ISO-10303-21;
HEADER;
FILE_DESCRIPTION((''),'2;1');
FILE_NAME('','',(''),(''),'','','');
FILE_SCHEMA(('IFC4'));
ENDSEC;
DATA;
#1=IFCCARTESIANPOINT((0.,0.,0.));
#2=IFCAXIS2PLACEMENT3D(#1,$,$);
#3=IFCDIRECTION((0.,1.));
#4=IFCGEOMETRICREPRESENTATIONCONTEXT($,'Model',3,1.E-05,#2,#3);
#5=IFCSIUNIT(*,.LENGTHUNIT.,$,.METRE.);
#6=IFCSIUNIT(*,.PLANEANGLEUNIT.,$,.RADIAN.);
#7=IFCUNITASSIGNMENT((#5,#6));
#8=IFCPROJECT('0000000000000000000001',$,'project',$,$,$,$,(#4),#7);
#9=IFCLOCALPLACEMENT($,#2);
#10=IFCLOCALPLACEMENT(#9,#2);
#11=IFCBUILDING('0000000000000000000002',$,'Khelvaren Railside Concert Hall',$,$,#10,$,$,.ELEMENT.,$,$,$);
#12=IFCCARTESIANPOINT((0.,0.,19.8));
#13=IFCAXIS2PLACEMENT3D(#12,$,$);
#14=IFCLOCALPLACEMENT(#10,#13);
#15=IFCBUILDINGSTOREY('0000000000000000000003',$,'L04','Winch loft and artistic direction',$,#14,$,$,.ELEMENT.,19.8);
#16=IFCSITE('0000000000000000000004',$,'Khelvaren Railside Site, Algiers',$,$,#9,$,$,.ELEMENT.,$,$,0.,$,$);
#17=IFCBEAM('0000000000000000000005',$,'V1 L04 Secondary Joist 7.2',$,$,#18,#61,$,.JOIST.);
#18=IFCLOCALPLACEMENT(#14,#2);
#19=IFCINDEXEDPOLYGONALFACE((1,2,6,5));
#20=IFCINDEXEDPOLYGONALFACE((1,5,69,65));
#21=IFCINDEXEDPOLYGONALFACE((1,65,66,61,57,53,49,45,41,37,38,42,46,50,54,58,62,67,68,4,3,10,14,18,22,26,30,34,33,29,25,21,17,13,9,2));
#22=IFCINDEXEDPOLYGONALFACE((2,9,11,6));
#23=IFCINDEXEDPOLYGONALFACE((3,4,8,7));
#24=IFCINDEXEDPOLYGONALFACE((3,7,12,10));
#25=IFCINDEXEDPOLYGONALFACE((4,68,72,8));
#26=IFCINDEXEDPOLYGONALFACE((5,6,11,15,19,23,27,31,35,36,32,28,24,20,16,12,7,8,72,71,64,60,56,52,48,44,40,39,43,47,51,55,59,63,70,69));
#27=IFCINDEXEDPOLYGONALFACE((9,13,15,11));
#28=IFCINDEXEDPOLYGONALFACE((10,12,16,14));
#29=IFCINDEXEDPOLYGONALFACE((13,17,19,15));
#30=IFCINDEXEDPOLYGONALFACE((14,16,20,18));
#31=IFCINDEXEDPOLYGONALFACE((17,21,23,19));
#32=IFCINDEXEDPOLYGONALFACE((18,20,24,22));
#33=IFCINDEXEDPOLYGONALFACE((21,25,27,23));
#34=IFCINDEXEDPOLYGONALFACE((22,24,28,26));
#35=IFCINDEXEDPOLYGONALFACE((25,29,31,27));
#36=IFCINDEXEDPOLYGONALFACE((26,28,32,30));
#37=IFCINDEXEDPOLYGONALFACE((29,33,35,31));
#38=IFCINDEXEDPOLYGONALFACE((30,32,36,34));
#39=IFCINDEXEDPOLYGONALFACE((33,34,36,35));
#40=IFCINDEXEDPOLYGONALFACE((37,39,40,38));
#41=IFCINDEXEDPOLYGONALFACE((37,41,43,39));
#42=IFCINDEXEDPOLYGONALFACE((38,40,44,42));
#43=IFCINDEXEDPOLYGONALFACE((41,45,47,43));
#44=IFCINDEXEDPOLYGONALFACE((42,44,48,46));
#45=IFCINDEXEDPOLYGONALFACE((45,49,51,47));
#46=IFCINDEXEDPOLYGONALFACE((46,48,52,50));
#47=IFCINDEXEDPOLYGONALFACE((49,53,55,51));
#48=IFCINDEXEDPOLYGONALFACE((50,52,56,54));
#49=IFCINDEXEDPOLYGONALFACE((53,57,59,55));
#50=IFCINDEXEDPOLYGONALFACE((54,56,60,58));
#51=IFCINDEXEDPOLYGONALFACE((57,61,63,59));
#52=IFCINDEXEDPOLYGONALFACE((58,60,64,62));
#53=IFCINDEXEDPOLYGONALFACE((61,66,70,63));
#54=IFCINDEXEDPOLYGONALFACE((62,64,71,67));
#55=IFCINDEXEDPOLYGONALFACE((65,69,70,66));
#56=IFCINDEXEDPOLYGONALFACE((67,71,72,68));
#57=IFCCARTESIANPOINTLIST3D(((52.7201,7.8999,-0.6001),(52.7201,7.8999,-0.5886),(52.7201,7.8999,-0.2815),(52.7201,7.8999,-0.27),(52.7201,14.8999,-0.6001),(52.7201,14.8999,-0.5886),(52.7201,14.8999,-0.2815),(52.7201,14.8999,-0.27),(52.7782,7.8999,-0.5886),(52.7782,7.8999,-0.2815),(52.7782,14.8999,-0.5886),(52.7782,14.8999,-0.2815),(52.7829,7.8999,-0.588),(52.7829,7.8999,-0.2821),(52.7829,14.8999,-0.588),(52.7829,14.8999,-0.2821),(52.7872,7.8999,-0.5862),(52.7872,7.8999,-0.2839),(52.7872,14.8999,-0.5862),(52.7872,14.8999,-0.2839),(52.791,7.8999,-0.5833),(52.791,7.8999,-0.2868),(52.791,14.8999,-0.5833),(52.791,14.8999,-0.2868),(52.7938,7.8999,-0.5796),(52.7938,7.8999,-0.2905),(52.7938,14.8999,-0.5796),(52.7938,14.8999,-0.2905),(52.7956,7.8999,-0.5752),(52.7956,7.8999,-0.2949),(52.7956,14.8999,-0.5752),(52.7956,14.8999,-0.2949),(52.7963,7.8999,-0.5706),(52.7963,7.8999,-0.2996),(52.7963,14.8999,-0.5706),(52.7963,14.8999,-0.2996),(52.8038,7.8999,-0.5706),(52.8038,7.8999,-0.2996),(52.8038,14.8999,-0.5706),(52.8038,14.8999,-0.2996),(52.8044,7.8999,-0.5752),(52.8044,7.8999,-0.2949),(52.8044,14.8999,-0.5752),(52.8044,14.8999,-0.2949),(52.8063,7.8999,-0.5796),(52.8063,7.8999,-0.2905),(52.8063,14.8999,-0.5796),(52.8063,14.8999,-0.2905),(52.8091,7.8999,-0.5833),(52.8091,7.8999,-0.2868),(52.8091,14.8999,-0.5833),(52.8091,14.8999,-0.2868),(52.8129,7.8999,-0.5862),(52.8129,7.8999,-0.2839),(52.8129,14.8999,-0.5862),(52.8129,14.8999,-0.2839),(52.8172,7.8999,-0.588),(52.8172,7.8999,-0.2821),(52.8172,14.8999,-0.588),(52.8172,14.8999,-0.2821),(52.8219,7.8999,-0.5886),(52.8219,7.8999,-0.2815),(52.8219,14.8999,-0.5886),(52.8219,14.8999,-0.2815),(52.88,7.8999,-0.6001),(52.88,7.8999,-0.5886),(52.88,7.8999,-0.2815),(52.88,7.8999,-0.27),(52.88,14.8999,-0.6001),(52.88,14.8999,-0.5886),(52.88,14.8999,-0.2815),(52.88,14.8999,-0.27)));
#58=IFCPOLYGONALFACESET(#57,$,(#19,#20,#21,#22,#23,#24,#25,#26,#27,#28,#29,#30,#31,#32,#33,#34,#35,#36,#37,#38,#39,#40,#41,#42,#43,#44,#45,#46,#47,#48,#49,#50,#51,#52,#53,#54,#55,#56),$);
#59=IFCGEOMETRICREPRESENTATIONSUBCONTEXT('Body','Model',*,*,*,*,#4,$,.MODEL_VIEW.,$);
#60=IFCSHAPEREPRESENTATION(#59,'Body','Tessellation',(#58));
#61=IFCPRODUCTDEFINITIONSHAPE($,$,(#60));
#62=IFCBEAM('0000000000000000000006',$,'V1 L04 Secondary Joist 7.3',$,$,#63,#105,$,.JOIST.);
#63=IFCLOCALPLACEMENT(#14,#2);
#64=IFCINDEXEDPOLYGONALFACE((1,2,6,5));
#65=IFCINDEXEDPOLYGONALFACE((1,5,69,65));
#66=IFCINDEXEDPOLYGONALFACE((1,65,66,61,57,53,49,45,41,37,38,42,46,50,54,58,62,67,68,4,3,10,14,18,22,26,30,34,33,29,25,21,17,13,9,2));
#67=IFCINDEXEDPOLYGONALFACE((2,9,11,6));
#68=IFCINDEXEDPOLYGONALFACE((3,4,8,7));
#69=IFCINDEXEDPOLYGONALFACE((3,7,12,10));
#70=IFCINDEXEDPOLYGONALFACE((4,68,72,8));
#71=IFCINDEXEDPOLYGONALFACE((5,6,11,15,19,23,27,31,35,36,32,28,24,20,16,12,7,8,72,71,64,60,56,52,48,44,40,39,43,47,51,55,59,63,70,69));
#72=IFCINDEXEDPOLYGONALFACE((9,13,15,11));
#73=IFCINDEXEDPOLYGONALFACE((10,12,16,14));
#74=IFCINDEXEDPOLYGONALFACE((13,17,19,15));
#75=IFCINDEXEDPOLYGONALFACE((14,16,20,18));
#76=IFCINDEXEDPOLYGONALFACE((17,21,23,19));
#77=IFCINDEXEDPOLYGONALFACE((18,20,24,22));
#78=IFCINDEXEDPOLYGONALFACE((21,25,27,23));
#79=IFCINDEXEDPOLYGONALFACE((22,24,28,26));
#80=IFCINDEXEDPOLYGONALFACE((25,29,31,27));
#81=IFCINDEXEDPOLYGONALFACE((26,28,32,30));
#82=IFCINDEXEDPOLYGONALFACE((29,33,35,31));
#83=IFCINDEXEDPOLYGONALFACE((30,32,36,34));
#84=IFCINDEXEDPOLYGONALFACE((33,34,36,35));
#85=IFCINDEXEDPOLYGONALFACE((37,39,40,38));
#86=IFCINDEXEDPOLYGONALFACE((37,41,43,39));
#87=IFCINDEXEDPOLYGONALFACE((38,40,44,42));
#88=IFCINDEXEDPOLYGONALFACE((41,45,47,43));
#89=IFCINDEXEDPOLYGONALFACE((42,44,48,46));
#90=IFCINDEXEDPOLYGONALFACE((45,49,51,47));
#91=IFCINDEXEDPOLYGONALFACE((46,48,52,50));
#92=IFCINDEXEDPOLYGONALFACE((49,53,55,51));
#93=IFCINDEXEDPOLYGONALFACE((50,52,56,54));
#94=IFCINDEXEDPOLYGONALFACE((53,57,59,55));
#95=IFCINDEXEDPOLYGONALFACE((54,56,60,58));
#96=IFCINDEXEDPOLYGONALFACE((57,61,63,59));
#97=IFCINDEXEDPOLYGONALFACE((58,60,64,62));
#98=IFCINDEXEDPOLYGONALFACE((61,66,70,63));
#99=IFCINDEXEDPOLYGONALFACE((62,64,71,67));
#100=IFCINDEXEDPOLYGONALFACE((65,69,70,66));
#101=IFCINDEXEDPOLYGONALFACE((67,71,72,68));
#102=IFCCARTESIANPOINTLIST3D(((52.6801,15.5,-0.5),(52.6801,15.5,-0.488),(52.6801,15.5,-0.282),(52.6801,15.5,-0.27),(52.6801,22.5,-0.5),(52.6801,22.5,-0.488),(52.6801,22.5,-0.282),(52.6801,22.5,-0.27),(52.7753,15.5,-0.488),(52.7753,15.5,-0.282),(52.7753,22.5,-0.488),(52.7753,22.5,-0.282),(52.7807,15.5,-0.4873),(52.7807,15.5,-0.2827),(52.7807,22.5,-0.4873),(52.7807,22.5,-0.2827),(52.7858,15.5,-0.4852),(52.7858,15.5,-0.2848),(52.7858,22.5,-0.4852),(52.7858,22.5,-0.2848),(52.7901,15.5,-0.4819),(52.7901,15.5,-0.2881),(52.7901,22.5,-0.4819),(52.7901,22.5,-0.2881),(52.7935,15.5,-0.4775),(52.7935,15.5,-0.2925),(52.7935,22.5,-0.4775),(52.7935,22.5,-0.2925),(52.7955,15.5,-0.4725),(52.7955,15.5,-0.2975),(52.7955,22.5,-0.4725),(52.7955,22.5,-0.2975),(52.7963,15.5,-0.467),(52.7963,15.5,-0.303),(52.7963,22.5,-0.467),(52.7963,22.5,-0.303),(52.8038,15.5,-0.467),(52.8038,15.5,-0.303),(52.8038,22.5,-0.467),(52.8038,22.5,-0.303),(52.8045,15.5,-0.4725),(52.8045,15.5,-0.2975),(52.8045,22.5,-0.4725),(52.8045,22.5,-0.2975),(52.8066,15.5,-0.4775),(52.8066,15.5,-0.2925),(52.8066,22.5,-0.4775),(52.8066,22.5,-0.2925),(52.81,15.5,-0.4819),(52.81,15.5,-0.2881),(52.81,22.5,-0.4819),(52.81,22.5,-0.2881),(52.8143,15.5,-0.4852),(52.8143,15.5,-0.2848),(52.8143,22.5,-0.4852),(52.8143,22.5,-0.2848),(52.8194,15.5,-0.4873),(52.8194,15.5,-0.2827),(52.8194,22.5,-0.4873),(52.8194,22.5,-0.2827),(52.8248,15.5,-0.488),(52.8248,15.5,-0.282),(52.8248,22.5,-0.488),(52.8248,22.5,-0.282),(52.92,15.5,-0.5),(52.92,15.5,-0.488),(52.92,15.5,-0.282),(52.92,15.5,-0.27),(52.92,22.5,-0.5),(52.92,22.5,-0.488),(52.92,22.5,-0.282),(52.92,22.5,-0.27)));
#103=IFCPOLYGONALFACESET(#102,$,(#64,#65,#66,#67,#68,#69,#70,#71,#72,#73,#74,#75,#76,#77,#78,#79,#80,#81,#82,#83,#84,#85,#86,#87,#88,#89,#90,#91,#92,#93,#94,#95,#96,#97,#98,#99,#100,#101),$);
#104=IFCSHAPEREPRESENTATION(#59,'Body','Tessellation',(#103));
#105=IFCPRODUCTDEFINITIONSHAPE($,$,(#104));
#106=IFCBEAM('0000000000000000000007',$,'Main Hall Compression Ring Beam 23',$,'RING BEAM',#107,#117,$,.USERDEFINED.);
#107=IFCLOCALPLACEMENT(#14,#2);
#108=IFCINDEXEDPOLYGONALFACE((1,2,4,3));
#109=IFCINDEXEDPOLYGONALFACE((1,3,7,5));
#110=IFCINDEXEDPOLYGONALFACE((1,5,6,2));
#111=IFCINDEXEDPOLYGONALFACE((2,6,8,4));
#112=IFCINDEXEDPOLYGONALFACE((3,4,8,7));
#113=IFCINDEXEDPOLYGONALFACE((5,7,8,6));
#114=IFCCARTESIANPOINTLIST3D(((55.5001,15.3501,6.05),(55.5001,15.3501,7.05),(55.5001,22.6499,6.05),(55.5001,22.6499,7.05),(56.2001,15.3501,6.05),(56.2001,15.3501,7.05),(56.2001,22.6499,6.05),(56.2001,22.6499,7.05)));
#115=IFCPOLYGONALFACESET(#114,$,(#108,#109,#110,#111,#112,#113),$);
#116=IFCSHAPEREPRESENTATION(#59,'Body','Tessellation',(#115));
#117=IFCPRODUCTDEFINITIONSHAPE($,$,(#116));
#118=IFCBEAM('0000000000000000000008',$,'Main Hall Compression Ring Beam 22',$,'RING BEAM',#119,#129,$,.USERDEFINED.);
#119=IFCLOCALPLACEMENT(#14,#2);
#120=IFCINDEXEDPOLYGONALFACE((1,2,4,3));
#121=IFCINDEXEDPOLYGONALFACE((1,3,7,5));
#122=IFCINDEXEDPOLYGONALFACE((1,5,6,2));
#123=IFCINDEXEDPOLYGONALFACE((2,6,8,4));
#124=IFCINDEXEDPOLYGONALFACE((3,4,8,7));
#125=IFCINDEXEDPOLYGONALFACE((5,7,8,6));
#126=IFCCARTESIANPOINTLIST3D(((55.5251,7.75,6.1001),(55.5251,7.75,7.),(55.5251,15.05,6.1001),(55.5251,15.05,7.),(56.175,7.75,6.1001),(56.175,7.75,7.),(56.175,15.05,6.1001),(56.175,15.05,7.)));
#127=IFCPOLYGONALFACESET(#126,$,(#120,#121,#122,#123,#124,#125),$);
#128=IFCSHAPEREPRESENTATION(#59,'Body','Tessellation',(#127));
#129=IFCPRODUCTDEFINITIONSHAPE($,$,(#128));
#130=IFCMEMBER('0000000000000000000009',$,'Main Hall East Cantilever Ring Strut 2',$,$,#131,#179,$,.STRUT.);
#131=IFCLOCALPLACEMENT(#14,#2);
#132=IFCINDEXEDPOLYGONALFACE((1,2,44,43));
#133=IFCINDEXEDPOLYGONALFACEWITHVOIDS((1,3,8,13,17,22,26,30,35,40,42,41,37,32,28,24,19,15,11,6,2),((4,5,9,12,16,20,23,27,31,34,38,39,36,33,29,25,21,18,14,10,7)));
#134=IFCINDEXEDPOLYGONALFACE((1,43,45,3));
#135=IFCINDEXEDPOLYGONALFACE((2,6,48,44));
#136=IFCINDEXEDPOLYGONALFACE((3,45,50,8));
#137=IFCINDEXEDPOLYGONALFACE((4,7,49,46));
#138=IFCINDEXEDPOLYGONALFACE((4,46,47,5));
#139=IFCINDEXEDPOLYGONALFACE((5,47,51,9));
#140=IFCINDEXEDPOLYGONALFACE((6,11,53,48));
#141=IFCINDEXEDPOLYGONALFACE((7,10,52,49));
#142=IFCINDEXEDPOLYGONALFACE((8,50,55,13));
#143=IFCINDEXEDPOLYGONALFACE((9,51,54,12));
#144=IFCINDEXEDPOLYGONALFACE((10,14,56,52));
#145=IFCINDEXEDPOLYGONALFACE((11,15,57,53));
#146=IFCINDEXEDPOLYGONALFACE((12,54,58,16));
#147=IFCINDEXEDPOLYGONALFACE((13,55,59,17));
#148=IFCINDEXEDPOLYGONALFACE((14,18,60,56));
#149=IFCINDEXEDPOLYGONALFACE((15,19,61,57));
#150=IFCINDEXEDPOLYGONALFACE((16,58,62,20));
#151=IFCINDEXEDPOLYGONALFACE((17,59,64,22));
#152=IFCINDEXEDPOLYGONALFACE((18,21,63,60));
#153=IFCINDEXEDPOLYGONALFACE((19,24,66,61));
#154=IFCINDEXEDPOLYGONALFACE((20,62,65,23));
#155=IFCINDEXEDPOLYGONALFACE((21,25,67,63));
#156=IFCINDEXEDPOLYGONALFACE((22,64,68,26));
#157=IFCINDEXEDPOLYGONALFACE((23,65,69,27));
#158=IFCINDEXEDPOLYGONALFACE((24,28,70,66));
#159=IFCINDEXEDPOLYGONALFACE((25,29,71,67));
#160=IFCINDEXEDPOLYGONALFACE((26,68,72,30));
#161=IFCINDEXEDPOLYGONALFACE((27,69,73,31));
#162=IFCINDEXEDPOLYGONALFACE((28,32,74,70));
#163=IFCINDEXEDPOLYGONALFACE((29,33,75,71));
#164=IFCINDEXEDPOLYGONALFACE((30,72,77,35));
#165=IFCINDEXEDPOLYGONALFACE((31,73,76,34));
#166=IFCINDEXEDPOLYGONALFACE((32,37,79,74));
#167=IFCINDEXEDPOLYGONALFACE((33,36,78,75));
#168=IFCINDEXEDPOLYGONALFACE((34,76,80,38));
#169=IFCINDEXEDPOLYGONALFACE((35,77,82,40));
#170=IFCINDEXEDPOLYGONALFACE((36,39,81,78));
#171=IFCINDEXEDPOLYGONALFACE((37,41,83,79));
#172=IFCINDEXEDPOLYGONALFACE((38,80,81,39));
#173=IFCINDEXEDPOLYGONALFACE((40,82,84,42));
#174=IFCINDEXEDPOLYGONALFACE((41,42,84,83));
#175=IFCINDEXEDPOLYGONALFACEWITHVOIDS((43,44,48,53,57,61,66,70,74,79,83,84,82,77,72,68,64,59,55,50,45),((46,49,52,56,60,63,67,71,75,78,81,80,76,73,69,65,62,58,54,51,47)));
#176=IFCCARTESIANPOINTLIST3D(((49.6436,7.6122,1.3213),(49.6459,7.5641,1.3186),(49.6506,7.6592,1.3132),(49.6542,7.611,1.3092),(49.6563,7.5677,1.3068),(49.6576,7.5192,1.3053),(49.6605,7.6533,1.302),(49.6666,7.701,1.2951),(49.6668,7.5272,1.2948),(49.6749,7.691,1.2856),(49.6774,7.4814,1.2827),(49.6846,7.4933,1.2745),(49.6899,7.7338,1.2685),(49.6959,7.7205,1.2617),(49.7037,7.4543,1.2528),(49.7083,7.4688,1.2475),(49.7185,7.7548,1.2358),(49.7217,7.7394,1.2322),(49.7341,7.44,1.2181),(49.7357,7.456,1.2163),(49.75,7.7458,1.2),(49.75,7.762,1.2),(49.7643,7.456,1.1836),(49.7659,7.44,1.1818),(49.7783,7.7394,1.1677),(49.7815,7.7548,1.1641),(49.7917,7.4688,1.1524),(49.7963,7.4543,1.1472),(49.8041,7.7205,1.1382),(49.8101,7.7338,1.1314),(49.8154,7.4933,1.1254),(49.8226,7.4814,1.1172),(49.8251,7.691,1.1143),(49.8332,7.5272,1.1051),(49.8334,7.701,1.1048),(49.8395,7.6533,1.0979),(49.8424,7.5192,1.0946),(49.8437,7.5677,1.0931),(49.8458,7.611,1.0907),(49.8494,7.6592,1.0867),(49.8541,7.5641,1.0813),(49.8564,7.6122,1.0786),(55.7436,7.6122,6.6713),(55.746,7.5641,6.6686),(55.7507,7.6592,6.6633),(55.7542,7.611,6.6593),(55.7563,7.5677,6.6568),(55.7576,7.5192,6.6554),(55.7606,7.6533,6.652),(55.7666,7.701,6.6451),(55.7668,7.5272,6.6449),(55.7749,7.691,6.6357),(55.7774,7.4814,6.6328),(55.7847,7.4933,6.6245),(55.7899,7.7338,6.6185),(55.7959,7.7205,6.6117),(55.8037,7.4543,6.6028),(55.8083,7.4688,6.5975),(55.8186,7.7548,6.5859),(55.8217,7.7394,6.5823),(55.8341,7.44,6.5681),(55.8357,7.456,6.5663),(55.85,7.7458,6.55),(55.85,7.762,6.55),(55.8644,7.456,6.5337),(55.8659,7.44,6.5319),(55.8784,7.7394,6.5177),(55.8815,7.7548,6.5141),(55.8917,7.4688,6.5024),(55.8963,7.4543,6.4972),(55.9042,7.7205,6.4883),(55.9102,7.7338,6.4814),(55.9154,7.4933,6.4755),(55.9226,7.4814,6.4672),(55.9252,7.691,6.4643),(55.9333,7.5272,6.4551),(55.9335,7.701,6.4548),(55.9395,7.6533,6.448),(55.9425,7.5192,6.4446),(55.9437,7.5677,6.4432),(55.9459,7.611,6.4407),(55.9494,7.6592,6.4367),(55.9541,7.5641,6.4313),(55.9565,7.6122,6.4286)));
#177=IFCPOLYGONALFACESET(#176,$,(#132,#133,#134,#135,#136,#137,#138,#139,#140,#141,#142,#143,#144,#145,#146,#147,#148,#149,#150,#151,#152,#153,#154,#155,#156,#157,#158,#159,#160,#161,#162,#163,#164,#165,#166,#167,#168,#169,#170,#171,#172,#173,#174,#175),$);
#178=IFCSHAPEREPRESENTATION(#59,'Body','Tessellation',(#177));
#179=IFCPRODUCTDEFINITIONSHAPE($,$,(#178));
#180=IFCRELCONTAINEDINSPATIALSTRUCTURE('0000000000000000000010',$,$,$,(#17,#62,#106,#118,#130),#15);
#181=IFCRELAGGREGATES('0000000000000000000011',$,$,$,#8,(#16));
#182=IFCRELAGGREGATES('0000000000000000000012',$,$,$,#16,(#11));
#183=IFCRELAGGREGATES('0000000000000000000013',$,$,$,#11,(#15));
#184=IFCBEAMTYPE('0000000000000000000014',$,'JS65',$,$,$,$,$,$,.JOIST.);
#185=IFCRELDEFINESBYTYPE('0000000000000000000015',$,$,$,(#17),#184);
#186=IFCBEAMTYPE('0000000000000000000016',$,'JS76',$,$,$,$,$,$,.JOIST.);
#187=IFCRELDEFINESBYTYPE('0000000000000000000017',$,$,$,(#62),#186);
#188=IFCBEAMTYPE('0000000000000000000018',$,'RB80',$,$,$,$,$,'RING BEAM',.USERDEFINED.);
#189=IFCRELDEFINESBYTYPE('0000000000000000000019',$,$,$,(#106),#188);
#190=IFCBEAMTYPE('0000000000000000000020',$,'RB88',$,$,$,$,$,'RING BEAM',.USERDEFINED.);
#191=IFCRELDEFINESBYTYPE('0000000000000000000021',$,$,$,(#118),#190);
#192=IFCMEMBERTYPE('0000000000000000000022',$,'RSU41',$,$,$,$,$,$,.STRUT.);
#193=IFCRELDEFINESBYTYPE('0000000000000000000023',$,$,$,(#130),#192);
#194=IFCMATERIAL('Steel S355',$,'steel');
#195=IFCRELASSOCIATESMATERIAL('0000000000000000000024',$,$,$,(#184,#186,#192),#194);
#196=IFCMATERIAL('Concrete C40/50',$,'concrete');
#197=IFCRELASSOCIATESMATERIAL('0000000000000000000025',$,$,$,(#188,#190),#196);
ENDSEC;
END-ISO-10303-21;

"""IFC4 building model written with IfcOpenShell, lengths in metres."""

from ifc_helpers import new_model, si_unit, direction, frame, origin, origin_2d, place, context, subcontext, project, spatial, rectangle, hollow_circle, i_section, extrude, material, material_profile, profile_set, type_object, element, save


model = new_model("IFC4")

# Units and contexts
model_context = context("Model", 3, precision=1e-05, world=origin(), true_north=direction((0.0, 1.0)))
body_context = subcontext(model_context, "Body", "Model", "MODEL_VIEW")
ifc_project = project(units=[si_unit("LENGTHUNIT", "METRE"), si_unit("PLANEANGLEUNIT", "RADIAN")], contexts=[model_context])

# Site, building, storey
site_placement = place(None, origin())
site = spatial("IfcSite", under=ifc_project, at=site_placement, Name="Khelvaren Railside Site, Algiers", CompositionType="ELEMENT", RefElevation=0.0)
building_placement = place(site_placement, origin())
building = spatial("IfcBuilding", under=site, at=building_placement, Name="Khelvaren Railside Concert Hall", CompositionType="ELEMENT")
storey_placement = place(building_placement, frame((0.0, 0.0, 19.8)))
storey = spatial("IfcBuildingStorey", under=building, at=storey_placement, Name="L04", Description="Winch loft and artistic direction", CompositionType="ELEMENT", Elevation=19.8)

# Shared definitions
ifc_material_1 = material(Name="Steel S355", Category="steel")

# Beams
ifc_material_2 = material(Name="Concrete C40/50", Category="concrete")
ifc_material_profile_1 = material_profile(ifc_material_1, i_section(OverallWidth=0.1599, OverallDepth=0.3301, WebThickness=0.0076, FlangeThickness=0.0115, FilletRadius=0.0181, at=origin_2d()), Name="IPE 330")
ifc_profile_set_1 = profile_set([ifc_material_profile_1], Name="Steel S355")
beam_type_1 = type_object("IfcBeamType", Name="JS65", PredefinedType="JOIST", material=ifc_profile_set_1)
for number, where, z_axis, x_axis, name in (
    (1, (52.8, 7.8999, -0.4351), (0.0, 1.0, 0.0), (-1.0, 0.0, 0.0), "V1 L04 Secondary Joist 7.2"),
):
    element("IfcBeam", number, at=place(storey_placement, frame(where, z_axis=z_axis, x_axis=x_axis)), inside=storey, type_object=beam_type_1, Name=name, PredefinedType="JOIST", context=body_context, shape_type="SweptSolid", body=[
        extrude(i_section(OverallWidth=0.1599, OverallDepth=0.3301, WebThickness=0.0076, FlangeThickness=0.0115, FilletRadius=0.0181, at=origin_2d()), origin(), (0.0, 0.0, 1.0), 7.0),
    ])
ifc_material_profile_2 = material_profile(ifc_material_1, i_section(OverallWidth=0.24, OverallDepth=0.23, WebThickness=0.0076, FlangeThickness=0.012, FilletRadius=0.021, at=origin_2d()), Name="HEA 240")
ifc_profile_set_2 = profile_set([ifc_material_profile_2], Name="Steel S355")
beam_type_2 = type_object("IfcBeamType", Name="JS76", PredefinedType="JOIST", material=ifc_profile_set_2)
beam_1_placement = place(storey_placement, frame((52.8, 15.5, -0.385), z_axis=(0.0, 1.0, 0.0), x_axis=(-1.0, 0.0, 0.0)))
element("IfcBeam", 2, at=beam_1_placement, inside=storey, type_object=beam_type_2, Name="V1 L04 Secondary Joist 7.3", PredefinedType="JOIST", context=body_context, shape_type="SweptSolid", body=[
    extrude(i_section(OverallWidth=0.24, OverallDepth=0.23, WebThickness=0.0076, FlangeThickness=0.012, FilletRadius=0.021, at=origin_2d()), origin(), (0.0, 0.0, 1.0), 7.0),
])
ifc_material_profile_3 = material_profile(ifc_material_2, rectangle(XDim=0.7, YDim=1.0, at=origin_2d()), Name="RCB 700x1000")
ifc_profile_set_3 = profile_set([ifc_material_profile_3], Name="Concrete C40/50")
beam_type_3 = type_object("IfcBeamType", Name="RB80", ElementType="RING BEAM", PredefinedType="USERDEFINED", material=ifc_profile_set_3)
beam_2_placement = place(storey_placement, frame((55.8501, 15.3501, 6.55), z_axis=(0.0, 1.0, 0.0), x_axis=(-1.0, 0.0, 0.0)))
element("IfcBeam", 3, at=beam_2_placement, inside=storey, type_object=beam_type_3, Name="Main Hall Compression Ring Beam 23", ObjectType="RING BEAM", PredefinedType="USERDEFINED", context=body_context, shape_type="SweptSolid", body=[
    extrude(rectangle(XDim=0.7, YDim=1.0, at=origin_2d()), origin(), (0.0, 0.0, 1.0), 7.2998),
])
ifc_material_profile_4 = material_profile(ifc_material_2, rectangle(XDim=0.6499, YDim=0.8999, at=origin_2d()), Name="RCB 650x900")
ifc_profile_set_4 = profile_set([ifc_material_profile_4], Name="Concrete C40/50")
beam_type_4 = type_object("IfcBeamType", Name="RB88", ElementType="RING BEAM", PredefinedType="USERDEFINED", material=ifc_profile_set_4)
beam_3_placement = place(storey_placement, frame((55.8501, 7.75, 6.55), z_axis=(0.0, 1.0, 0.0), x_axis=(-1.0, 0.0, 0.0)))
element("IfcBeam", 4, at=beam_3_placement, inside=storey, type_object=beam_type_4, Name="Main Hall Compression Ring Beam 22", ObjectType="RING BEAM", PredefinedType="USERDEFINED", context=body_context, shape_type="SweptSolid", body=[
    extrude(rectangle(XDim=0.6499, YDim=0.8999, at=origin_2d()), origin(), (0.0, 0.0, 1.0), 7.3),
])

# Member
ifc_material_profile_5 = material_profile(ifc_material_1, hollow_circle(Radius=0.1619, WallThickness=0.0161, at=origin_2d()), Name="CHS 323.9x16")
ifc_profile_set_5 = profile_set([ifc_material_profile_5], Name="Steel S355")
member_type_1 = type_object("IfcMemberType", Name="RSU41", PredefinedType="STRUT", material=ifc_profile_set_5)
member_1_placement = place(storey_placement, frame((49.75, 7.6001, 1.2), z_axis=(0.751812, 0.0, 0.659378), x_axis=(0.0, 1.0, 0.0)))
element("IfcMember", 5, at=member_1_placement, inside=storey, type_object=member_type_1, Name="Main Hall East Cantilever Ring Strut 2", PredefinedType="STRUT", context=body_context, shape_type="SweptSolid", body=[
    extrude(hollow_circle(Radius=0.1619, WallThickness=0.0161, at=origin_2d()), origin(), (0.0, 0.0, 1.0), 8.1138),
])

save(model, "model.ifc")
